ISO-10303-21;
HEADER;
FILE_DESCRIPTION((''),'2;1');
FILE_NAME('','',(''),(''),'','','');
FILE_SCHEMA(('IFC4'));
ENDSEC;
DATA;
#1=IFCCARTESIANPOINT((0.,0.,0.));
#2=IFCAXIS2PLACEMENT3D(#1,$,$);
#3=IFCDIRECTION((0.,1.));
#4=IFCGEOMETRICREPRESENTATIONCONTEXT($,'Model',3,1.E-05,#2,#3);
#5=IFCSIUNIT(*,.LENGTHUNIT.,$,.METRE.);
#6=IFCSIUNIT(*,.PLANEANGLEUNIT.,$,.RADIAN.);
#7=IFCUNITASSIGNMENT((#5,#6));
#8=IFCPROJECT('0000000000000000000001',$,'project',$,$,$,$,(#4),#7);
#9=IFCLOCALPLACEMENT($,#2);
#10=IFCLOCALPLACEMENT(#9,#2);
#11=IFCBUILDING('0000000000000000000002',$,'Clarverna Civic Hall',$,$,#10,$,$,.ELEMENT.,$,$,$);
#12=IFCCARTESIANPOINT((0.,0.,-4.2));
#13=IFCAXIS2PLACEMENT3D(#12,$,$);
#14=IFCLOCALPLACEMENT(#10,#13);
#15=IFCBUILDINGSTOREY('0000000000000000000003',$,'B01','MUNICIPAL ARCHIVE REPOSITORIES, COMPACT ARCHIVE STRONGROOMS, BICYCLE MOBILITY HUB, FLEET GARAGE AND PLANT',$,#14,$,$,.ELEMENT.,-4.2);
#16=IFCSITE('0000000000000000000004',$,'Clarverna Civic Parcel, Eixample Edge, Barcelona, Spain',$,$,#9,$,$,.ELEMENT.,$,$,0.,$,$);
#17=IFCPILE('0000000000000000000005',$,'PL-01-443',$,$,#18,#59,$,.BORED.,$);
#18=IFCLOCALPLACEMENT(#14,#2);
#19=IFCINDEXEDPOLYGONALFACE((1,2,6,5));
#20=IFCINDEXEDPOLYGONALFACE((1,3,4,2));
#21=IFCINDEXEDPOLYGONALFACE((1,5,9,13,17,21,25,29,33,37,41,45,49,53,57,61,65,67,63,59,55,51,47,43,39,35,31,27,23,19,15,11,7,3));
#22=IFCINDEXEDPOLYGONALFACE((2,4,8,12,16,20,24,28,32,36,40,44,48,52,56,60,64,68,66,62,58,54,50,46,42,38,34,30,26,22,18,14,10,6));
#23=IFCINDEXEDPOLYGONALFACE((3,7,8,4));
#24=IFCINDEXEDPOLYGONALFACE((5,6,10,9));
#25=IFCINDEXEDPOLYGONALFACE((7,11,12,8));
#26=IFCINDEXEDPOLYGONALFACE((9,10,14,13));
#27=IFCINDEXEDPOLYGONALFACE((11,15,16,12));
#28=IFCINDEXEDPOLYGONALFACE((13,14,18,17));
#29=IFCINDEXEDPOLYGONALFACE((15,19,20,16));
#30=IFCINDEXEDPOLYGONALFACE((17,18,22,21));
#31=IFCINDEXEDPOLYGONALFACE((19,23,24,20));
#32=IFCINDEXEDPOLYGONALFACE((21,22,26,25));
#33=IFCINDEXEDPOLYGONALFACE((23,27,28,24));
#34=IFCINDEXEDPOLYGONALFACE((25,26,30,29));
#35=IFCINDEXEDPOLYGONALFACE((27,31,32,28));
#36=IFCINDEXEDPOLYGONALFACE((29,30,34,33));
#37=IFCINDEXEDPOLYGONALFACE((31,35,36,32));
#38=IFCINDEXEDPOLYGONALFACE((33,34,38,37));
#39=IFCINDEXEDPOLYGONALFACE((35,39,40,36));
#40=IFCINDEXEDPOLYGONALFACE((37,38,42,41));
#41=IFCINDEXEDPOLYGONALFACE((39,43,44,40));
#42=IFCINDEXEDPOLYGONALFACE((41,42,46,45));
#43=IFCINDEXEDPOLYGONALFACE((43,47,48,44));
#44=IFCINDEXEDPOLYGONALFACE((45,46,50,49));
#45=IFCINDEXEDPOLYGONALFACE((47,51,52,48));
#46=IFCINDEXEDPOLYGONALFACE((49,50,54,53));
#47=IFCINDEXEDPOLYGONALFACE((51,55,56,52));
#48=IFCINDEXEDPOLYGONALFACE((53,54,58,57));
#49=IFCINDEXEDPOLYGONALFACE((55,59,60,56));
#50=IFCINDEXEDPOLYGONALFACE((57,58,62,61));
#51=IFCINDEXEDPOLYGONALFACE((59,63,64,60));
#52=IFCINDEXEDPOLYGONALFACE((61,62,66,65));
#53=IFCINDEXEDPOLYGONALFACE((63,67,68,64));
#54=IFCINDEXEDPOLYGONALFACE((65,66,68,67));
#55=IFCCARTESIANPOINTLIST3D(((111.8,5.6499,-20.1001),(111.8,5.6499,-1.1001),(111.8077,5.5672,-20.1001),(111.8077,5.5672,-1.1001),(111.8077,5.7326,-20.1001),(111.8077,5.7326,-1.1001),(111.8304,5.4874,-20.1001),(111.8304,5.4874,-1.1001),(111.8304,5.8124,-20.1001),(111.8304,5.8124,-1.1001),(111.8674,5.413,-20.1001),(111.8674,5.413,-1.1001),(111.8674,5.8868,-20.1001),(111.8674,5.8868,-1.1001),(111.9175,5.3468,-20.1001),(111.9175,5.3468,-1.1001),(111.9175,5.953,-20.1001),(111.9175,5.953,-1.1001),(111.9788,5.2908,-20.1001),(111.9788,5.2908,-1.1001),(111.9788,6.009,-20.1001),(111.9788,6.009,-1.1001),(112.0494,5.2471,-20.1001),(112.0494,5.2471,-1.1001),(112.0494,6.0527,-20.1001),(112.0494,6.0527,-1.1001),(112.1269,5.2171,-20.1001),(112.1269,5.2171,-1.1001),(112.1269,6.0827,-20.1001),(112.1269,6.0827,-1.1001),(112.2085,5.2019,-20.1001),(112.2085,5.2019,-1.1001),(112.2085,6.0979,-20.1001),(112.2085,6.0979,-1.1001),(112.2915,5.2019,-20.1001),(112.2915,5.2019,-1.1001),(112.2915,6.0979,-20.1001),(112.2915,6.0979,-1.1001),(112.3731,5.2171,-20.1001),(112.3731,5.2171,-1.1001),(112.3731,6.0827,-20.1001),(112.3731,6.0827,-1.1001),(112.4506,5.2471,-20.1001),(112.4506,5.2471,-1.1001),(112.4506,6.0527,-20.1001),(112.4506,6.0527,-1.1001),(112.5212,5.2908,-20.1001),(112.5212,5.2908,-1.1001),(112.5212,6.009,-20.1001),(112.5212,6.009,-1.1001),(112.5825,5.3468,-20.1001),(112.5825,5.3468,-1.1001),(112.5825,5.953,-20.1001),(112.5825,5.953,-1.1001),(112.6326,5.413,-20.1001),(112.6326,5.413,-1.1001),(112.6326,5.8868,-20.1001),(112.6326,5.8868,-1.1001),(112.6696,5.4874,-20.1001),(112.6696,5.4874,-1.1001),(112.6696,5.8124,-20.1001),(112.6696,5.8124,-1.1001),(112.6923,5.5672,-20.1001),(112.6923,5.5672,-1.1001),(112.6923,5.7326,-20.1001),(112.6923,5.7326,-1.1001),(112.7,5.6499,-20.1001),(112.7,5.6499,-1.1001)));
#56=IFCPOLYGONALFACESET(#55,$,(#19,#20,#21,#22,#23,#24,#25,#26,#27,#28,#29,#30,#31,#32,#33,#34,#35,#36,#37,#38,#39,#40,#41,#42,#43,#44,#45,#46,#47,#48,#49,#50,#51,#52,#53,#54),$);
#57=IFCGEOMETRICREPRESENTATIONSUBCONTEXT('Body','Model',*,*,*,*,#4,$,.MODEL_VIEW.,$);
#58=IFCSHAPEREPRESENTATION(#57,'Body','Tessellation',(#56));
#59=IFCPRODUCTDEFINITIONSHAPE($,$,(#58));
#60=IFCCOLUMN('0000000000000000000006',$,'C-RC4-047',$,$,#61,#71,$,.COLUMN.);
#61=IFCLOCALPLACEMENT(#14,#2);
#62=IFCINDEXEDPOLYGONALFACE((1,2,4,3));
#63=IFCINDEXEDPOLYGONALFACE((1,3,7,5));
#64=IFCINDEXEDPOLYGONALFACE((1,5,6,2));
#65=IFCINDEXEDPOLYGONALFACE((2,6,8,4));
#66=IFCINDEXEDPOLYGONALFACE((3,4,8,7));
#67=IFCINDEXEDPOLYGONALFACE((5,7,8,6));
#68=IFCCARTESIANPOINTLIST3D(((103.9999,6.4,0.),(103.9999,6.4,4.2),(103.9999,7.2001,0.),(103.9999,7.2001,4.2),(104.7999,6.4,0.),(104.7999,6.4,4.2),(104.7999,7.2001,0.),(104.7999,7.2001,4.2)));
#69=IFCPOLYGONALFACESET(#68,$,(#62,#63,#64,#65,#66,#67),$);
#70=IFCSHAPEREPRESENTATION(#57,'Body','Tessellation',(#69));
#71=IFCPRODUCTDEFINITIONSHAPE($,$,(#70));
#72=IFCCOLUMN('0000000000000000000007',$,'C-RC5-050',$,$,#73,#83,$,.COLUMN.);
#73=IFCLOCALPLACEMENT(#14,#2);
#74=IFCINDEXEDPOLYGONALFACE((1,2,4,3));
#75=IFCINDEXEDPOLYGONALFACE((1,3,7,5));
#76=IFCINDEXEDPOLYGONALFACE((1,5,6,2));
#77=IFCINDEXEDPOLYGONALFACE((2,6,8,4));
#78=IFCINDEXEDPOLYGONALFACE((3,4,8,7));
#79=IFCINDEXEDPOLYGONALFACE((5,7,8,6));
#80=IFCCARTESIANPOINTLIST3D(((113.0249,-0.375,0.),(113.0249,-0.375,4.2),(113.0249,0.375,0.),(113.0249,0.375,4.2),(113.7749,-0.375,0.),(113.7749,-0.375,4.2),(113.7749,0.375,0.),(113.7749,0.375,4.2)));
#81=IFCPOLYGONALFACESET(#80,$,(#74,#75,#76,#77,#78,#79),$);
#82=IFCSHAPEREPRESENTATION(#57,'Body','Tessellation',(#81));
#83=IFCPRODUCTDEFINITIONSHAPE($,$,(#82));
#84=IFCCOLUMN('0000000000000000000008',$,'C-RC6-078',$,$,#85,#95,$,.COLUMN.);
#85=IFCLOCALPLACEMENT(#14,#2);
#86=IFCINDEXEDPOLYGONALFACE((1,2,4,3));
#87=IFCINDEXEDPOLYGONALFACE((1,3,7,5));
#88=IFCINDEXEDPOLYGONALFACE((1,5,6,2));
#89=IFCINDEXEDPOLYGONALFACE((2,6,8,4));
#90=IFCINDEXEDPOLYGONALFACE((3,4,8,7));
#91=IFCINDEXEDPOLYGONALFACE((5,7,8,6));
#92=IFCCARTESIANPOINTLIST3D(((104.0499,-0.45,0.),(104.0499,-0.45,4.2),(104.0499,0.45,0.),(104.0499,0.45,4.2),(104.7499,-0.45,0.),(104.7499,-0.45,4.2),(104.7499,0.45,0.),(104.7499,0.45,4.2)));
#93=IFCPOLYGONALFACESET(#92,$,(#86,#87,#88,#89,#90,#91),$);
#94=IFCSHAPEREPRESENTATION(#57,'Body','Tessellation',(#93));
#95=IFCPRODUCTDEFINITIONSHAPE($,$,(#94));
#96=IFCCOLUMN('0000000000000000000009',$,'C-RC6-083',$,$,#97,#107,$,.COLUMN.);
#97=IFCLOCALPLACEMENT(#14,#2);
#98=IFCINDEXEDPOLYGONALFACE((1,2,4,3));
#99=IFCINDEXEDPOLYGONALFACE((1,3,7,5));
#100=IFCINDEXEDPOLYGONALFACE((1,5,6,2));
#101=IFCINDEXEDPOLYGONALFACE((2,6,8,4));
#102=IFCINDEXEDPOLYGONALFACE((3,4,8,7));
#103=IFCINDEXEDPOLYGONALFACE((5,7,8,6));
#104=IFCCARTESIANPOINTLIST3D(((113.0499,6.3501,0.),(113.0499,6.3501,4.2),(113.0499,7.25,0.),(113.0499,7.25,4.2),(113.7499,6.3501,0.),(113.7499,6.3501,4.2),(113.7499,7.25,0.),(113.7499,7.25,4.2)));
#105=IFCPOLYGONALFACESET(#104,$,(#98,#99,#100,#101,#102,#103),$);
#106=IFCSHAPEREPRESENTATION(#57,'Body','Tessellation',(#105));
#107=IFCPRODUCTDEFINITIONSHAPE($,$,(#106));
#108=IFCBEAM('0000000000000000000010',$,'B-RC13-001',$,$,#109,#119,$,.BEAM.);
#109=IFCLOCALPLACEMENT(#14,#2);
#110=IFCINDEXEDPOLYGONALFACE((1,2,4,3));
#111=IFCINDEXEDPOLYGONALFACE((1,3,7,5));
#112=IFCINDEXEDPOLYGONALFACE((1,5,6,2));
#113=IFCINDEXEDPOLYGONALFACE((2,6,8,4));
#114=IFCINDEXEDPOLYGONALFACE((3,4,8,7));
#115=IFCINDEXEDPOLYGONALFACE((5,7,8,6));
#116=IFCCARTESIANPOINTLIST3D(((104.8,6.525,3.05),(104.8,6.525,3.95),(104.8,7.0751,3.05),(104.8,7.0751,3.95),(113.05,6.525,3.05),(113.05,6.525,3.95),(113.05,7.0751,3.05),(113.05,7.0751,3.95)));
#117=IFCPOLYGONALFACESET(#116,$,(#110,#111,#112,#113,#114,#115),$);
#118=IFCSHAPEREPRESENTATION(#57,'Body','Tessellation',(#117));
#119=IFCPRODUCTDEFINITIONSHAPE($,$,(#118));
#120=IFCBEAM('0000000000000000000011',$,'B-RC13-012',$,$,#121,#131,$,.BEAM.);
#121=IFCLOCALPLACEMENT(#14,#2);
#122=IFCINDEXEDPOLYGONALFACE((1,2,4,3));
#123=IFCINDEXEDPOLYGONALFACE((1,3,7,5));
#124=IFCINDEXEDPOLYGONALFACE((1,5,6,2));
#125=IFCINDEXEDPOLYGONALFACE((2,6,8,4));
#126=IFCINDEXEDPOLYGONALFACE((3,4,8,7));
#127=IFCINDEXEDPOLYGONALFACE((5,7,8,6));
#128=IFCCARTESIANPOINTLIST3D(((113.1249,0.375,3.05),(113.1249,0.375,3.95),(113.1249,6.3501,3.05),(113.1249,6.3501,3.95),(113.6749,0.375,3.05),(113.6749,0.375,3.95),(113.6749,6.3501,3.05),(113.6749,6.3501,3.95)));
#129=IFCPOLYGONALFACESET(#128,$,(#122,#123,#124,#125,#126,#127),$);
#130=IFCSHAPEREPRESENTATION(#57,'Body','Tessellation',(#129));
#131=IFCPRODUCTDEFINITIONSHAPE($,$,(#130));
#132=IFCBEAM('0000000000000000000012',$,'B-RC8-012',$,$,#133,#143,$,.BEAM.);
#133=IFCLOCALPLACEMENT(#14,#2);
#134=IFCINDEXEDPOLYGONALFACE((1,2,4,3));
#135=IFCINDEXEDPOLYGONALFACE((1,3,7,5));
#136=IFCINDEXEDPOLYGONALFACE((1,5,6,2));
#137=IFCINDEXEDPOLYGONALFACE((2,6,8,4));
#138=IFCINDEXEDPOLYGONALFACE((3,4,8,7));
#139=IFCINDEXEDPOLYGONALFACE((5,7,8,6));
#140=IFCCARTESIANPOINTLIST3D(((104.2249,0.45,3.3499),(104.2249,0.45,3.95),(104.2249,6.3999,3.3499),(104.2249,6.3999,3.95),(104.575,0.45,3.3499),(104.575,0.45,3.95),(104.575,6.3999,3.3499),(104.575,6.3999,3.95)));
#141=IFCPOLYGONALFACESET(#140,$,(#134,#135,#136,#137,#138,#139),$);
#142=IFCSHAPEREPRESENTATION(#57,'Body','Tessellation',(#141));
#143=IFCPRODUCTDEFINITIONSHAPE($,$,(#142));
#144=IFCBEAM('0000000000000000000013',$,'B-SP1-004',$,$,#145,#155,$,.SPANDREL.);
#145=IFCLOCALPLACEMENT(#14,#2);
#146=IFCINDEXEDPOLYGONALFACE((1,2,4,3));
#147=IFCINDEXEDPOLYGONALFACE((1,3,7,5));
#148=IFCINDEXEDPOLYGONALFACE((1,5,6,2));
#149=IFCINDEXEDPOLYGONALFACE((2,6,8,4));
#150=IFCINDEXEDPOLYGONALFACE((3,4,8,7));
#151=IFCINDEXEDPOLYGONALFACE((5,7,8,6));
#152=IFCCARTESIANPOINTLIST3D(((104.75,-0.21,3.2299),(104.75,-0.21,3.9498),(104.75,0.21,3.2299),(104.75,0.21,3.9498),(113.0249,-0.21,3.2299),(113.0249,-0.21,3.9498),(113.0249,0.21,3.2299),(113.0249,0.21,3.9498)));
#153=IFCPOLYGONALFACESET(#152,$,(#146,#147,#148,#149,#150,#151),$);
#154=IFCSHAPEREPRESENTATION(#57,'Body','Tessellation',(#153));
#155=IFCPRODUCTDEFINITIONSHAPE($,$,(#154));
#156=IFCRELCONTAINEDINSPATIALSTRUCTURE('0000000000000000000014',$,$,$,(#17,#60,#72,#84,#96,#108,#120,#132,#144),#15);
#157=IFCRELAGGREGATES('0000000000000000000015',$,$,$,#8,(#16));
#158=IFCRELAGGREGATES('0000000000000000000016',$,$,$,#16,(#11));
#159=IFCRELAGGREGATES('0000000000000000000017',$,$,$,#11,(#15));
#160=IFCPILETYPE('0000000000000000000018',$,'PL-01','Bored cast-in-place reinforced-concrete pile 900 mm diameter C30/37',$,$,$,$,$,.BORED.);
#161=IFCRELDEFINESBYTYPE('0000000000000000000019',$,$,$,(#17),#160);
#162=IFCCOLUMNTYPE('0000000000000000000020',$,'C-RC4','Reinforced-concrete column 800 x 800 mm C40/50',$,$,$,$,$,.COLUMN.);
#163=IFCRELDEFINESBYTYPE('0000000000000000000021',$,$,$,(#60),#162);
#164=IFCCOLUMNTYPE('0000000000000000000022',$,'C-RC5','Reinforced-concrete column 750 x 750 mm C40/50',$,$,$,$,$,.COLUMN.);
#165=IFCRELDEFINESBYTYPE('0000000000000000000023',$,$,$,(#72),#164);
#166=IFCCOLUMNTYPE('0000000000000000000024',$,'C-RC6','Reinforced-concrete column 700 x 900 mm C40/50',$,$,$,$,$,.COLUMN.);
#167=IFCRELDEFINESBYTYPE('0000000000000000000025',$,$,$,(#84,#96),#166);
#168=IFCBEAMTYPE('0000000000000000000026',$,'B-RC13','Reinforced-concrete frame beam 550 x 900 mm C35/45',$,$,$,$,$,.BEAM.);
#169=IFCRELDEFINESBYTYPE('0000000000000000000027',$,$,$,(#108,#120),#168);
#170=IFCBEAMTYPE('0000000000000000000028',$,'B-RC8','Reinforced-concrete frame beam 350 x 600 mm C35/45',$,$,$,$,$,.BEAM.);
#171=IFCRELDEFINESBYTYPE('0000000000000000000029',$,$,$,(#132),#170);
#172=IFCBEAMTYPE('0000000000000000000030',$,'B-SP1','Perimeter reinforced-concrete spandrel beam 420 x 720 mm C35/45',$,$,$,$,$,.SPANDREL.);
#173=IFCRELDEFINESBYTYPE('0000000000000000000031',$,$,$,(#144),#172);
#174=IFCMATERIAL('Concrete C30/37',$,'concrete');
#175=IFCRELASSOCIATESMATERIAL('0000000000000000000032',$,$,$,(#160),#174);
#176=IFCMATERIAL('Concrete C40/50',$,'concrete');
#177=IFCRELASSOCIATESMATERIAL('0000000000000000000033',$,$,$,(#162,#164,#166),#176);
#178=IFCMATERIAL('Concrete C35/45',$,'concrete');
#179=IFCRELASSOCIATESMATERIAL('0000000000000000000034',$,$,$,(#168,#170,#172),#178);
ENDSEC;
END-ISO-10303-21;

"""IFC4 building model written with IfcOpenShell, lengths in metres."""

from ifc_helpers import new_model, si_unit, direction, frame, origin, origin_2d, place, context, subcontext, project, spatial, rectangle, circle, extrude, material, material_profile, profile_set, type_object, element, save


model = new_model("IFC4")

# Units and contexts
model_context = context("Model", 3, precision=1e-05, world=origin(), true_north=direction((0.0, 1.0)))
body_context = subcontext(model_context, "Body", "Model", "MODEL_VIEW")
ifc_project = project(units=[si_unit("LENGTHUNIT", "METRE"), si_unit("PLANEANGLEUNIT", "RADIAN")], contexts=[model_context])

# Site, building, storey
site_placement = place(None, origin())
site = spatial("IfcSite", under=ifc_project, at=site_placement, Name="Clarverna Civic Parcel, Eixample Edge, Barcelona, Spain", CompositionType="ELEMENT", RefElevation=0.0)
building_placement = place(site_placement, origin())
building = spatial("IfcBuilding", under=site, at=building_placement, Name="Clarverna Civic Hall", CompositionType="ELEMENT")
storey_placement = place(building_placement, frame((0.0, 0.0, -4.2)))
storey = spatial("IfcBuildingStorey", under=building, at=storey_placement, Name="B01", Description="MUNICIPAL ARCHIVE REPOSITORIES, COMPACT ARCHIVE STRONGROOMS, BICYCLE MOBILITY HUB, FLEET GARAGE AND PLANT", CompositionType="ELEMENT", Elevation=-4.2)

# Shared definitions
ifc_material_1 = material(Name="Concrete C30/37", Category="concrete")

# Pile
ifc_material_profile_1 = material_profile(ifc_material_1, circle(Radius=0.45, at=origin_2d()), Name="BORED PILE D900")
ifc_profile_set_1 = profile_set([ifc_material_profile_1], Name="Concrete C30/37")
pile_type = type_object("IfcPileType", Name="PL-01", Description="Bored cast-in-place reinforced-concrete pile 900 mm diameter C30/37", PredefinedType="BORED", material=ifc_profile_set_1)
for number, where, z_axis, x_axis, name in (
    (1, (112.25, 5.6499, -1.1001), (0.0, 0.0, -1.0), (1.0, 0.0, 0.0), "PL-01-443"),
):
    element("IfcPile", number, at=place(storey_placement, frame(where, z_axis=z_axis, x_axis=x_axis)), inside=storey, type_object=pile_type, Name=name, PredefinedType="BORED", context=body_context, shape_type="SweptSolid", body=[
        extrude(circle(Radius=0.45, at=origin_2d()), origin(), (0.0, 0.0, 1.0), 19.0),
    ])

# Columns
ifc_material_2 = material(Name="Concrete C40/50", Category="concrete")
ifc_material_profile_2 = material_profile(ifc_material_2, rectangle(XDim=0.8, YDim=0.8, at=origin_2d()), Name="RC 800x800")
ifc_profile_set_2 = profile_set([ifc_material_profile_2], Name="Concrete C40/50")
column_type_1 = type_object("IfcColumnType", Name="C-RC4", Description="Reinforced-concrete column 800 x 800 mm C40/50", PredefinedType="COLUMN", material=ifc_profile_set_2)
column_1_placement = place(storey_placement, frame((104.3999, 6.8, 0.0), z_axis=(0.0, 0.0, 1.0), x_axis=(1.0, 0.0, 0.0)))
element("IfcColumn", 2, at=column_1_placement, inside=storey, type_object=column_type_1, Name="C-RC4-047", PredefinedType="COLUMN", context=body_context, shape_type="SweptSolid", body=[
    extrude(rectangle(XDim=0.8, YDim=0.8, at=origin_2d()), origin(), (0.0, 0.0, 1.0), 4.2),
])
ifc_material_profile_3 = material_profile(ifc_material_2, rectangle(XDim=0.75, YDim=0.75, at=origin_2d()), Name="RC 750x750")
ifc_profile_set_3 = profile_set([ifc_material_profile_3], Name="Concrete C40/50")
column_type_2 = type_object("IfcColumnType", Name="C-RC5", Description="Reinforced-concrete column 750 x 750 mm C40/50", PredefinedType="COLUMN", material=ifc_profile_set_3)
column_2_placement = place(storey_placement, frame((113.3999, 0.0, 0.0), z_axis=(0.0, 0.0, 1.0), x_axis=(1.0, 0.0, 0.0)))
element("IfcColumn", 3, at=column_2_placement, inside=storey, type_object=column_type_2, Name="C-RC5-050", PredefinedType="COLUMN", context=body_context, shape_type="SweptSolid", body=[
    extrude(rectangle(XDim=0.75, YDim=0.75, at=origin_2d()), origin(), (0.0, 0.0, 1.0), 4.2),
])
ifc_material_profile_4 = material_profile(ifc_material_2, rectangle(XDim=0.7, YDim=0.8999, at=origin_2d()), Name="RC 700x900")
ifc_profile_set_4 = profile_set([ifc_material_profile_4], Name="Concrete C40/50")
column_type_3 = type_object("IfcColumnType", Name="C-RC6", Description="Reinforced-concrete column 700 x 900 mm C40/50", PredefinedType="COLUMN", material=ifc_profile_set_4)
for number, where, z_axis, x_axis, name in (
    (4, (104.3999, 0.0, 0.0), (0.0, 0.0, 1.0), (1.0, 0.0, 0.0), "C-RC6-078"),
    (5, (113.3999, 6.8, 0.0), (0.0, 0.0, 1.0), (1.0, 0.0, 0.0), "C-RC6-083"),
):
    element("IfcColumn", number, at=place(storey_placement, frame(where, z_axis=z_axis, x_axis=x_axis)), inside=storey, type_object=column_type_3, Name=name, PredefinedType="COLUMN", context=body_context, shape_type="SweptSolid", body=[
        extrude(rectangle(XDim=0.7, YDim=0.8999, at=origin_2d()), origin(), (0.0, 0.0, 1.0), 4.2),
    ])

# Beams
ifc_material_3 = material(Name="Concrete C35/45", Category="concrete")
ifc_material_profile_5 = material_profile(ifc_material_3, rectangle(XDim=0.55, YDim=0.8999, at=origin_2d()), Name="RC 550x900")
ifc_profile_set_5 = profile_set([ifc_material_profile_5], Name="Concrete C35/45")
beam_type_1 = type_object("IfcBeamType", Name="B-RC13", Description="Reinforced-concrete frame beam 550 x 900 mm C35/45", PredefinedType="BEAM", material=ifc_profile_set_5)
beam_1_placement = place(storey_placement, frame((104.8, 6.8, 3.5), z_axis=(1.0, 0.0, 0.0), x_axis=(0.0, 1.0, 0.0)))
element("IfcBeam", 6, at=beam_1_placement, inside=storey, type_object=beam_type_1, Name="B-RC13-001", PredefinedType="BEAM", context=body_context, shape_type="SweptSolid", body=[
    extrude(rectangle(XDim=0.55, YDim=0.8999, at=origin_2d()), origin(), (0.0, 0.0, 1.0), 8.25),
])
beam_2_placement = place(storey_placement, frame((113.3999, 0.375, 3.5), z_axis=(0.0, 1.0, 0.0), x_axis=(-1.0, 0.0, 0.0)))
element("IfcBeam", 7, at=beam_2_placement, inside=storey, type_object=beam_type_1, Name="B-RC13-012", PredefinedType="BEAM", context=body_context, shape_type="SweptSolid", body=[
    extrude(rectangle(XDim=0.55, YDim=0.8999, at=origin_2d()), origin(), (0.0, 0.0, 1.0), 5.9751),
])
ifc_material_profile_6 = material_profile(ifc_material_3, rectangle(XDim=0.3501, YDim=0.6001, at=origin_2d()), Name="RC 350x600")
ifc_profile_set_6 = profile_set([ifc_material_profile_6], Name="Concrete C35/45")
beam_type_2 = type_object("IfcBeamType", Name="B-RC8", Description="Reinforced-concrete frame beam 350 x 600 mm C35/45", PredefinedType="BEAM", material=ifc_profile_set_6)
beam_3_placement = place(storey_placement, frame((104.3999, 0.45, 3.6499), z_axis=(0.0, 1.0, 0.0), x_axis=(-1.0, 0.0, 0.0)))
element("IfcBeam", 8, at=beam_3_placement, inside=storey, type_object=beam_type_2, Name="B-RC8-012", PredefinedType="BEAM", context=body_context, shape_type="SweptSolid", body=[
    extrude(rectangle(XDim=0.3501, YDim=0.6001, at=origin_2d()), origin(), (0.0, 0.0, 1.0), 5.95),
])
ifc_material_profile_7 = material_profile(ifc_material_3, rectangle(XDim=0.4199, YDim=0.72, at=origin_2d()), Name="RC 420x720")
ifc_profile_set_7 = profile_set([ifc_material_profile_7], Name="Concrete C35/45")
beam_type_3 = type_object("IfcBeamType", Name="B-SP1", Description="Perimeter reinforced-concrete spandrel beam 420 x 720 mm C35/45", PredefinedType="SPANDREL", material=ifc_profile_set_7)
beam_4_placement = place(storey_placement, frame((104.75, 0.0, 3.5898), z_axis=(1.0, 0.0, 0.0), x_axis=(0.0, 1.0, 0.0)))
element("IfcBeam", 9, at=beam_4_placement, inside=storey, type_object=beam_type_3, Name="B-SP1-004", PredefinedType="SPANDREL", context=body_context, shape_type="SweptSolid", body=[
    extrude(rectangle(XDim=0.4199, YDim=0.72, at=origin_2d()), origin(), (0.0, 0.0, 1.0), 8.2749),
])

save(model, "model.ifc")
